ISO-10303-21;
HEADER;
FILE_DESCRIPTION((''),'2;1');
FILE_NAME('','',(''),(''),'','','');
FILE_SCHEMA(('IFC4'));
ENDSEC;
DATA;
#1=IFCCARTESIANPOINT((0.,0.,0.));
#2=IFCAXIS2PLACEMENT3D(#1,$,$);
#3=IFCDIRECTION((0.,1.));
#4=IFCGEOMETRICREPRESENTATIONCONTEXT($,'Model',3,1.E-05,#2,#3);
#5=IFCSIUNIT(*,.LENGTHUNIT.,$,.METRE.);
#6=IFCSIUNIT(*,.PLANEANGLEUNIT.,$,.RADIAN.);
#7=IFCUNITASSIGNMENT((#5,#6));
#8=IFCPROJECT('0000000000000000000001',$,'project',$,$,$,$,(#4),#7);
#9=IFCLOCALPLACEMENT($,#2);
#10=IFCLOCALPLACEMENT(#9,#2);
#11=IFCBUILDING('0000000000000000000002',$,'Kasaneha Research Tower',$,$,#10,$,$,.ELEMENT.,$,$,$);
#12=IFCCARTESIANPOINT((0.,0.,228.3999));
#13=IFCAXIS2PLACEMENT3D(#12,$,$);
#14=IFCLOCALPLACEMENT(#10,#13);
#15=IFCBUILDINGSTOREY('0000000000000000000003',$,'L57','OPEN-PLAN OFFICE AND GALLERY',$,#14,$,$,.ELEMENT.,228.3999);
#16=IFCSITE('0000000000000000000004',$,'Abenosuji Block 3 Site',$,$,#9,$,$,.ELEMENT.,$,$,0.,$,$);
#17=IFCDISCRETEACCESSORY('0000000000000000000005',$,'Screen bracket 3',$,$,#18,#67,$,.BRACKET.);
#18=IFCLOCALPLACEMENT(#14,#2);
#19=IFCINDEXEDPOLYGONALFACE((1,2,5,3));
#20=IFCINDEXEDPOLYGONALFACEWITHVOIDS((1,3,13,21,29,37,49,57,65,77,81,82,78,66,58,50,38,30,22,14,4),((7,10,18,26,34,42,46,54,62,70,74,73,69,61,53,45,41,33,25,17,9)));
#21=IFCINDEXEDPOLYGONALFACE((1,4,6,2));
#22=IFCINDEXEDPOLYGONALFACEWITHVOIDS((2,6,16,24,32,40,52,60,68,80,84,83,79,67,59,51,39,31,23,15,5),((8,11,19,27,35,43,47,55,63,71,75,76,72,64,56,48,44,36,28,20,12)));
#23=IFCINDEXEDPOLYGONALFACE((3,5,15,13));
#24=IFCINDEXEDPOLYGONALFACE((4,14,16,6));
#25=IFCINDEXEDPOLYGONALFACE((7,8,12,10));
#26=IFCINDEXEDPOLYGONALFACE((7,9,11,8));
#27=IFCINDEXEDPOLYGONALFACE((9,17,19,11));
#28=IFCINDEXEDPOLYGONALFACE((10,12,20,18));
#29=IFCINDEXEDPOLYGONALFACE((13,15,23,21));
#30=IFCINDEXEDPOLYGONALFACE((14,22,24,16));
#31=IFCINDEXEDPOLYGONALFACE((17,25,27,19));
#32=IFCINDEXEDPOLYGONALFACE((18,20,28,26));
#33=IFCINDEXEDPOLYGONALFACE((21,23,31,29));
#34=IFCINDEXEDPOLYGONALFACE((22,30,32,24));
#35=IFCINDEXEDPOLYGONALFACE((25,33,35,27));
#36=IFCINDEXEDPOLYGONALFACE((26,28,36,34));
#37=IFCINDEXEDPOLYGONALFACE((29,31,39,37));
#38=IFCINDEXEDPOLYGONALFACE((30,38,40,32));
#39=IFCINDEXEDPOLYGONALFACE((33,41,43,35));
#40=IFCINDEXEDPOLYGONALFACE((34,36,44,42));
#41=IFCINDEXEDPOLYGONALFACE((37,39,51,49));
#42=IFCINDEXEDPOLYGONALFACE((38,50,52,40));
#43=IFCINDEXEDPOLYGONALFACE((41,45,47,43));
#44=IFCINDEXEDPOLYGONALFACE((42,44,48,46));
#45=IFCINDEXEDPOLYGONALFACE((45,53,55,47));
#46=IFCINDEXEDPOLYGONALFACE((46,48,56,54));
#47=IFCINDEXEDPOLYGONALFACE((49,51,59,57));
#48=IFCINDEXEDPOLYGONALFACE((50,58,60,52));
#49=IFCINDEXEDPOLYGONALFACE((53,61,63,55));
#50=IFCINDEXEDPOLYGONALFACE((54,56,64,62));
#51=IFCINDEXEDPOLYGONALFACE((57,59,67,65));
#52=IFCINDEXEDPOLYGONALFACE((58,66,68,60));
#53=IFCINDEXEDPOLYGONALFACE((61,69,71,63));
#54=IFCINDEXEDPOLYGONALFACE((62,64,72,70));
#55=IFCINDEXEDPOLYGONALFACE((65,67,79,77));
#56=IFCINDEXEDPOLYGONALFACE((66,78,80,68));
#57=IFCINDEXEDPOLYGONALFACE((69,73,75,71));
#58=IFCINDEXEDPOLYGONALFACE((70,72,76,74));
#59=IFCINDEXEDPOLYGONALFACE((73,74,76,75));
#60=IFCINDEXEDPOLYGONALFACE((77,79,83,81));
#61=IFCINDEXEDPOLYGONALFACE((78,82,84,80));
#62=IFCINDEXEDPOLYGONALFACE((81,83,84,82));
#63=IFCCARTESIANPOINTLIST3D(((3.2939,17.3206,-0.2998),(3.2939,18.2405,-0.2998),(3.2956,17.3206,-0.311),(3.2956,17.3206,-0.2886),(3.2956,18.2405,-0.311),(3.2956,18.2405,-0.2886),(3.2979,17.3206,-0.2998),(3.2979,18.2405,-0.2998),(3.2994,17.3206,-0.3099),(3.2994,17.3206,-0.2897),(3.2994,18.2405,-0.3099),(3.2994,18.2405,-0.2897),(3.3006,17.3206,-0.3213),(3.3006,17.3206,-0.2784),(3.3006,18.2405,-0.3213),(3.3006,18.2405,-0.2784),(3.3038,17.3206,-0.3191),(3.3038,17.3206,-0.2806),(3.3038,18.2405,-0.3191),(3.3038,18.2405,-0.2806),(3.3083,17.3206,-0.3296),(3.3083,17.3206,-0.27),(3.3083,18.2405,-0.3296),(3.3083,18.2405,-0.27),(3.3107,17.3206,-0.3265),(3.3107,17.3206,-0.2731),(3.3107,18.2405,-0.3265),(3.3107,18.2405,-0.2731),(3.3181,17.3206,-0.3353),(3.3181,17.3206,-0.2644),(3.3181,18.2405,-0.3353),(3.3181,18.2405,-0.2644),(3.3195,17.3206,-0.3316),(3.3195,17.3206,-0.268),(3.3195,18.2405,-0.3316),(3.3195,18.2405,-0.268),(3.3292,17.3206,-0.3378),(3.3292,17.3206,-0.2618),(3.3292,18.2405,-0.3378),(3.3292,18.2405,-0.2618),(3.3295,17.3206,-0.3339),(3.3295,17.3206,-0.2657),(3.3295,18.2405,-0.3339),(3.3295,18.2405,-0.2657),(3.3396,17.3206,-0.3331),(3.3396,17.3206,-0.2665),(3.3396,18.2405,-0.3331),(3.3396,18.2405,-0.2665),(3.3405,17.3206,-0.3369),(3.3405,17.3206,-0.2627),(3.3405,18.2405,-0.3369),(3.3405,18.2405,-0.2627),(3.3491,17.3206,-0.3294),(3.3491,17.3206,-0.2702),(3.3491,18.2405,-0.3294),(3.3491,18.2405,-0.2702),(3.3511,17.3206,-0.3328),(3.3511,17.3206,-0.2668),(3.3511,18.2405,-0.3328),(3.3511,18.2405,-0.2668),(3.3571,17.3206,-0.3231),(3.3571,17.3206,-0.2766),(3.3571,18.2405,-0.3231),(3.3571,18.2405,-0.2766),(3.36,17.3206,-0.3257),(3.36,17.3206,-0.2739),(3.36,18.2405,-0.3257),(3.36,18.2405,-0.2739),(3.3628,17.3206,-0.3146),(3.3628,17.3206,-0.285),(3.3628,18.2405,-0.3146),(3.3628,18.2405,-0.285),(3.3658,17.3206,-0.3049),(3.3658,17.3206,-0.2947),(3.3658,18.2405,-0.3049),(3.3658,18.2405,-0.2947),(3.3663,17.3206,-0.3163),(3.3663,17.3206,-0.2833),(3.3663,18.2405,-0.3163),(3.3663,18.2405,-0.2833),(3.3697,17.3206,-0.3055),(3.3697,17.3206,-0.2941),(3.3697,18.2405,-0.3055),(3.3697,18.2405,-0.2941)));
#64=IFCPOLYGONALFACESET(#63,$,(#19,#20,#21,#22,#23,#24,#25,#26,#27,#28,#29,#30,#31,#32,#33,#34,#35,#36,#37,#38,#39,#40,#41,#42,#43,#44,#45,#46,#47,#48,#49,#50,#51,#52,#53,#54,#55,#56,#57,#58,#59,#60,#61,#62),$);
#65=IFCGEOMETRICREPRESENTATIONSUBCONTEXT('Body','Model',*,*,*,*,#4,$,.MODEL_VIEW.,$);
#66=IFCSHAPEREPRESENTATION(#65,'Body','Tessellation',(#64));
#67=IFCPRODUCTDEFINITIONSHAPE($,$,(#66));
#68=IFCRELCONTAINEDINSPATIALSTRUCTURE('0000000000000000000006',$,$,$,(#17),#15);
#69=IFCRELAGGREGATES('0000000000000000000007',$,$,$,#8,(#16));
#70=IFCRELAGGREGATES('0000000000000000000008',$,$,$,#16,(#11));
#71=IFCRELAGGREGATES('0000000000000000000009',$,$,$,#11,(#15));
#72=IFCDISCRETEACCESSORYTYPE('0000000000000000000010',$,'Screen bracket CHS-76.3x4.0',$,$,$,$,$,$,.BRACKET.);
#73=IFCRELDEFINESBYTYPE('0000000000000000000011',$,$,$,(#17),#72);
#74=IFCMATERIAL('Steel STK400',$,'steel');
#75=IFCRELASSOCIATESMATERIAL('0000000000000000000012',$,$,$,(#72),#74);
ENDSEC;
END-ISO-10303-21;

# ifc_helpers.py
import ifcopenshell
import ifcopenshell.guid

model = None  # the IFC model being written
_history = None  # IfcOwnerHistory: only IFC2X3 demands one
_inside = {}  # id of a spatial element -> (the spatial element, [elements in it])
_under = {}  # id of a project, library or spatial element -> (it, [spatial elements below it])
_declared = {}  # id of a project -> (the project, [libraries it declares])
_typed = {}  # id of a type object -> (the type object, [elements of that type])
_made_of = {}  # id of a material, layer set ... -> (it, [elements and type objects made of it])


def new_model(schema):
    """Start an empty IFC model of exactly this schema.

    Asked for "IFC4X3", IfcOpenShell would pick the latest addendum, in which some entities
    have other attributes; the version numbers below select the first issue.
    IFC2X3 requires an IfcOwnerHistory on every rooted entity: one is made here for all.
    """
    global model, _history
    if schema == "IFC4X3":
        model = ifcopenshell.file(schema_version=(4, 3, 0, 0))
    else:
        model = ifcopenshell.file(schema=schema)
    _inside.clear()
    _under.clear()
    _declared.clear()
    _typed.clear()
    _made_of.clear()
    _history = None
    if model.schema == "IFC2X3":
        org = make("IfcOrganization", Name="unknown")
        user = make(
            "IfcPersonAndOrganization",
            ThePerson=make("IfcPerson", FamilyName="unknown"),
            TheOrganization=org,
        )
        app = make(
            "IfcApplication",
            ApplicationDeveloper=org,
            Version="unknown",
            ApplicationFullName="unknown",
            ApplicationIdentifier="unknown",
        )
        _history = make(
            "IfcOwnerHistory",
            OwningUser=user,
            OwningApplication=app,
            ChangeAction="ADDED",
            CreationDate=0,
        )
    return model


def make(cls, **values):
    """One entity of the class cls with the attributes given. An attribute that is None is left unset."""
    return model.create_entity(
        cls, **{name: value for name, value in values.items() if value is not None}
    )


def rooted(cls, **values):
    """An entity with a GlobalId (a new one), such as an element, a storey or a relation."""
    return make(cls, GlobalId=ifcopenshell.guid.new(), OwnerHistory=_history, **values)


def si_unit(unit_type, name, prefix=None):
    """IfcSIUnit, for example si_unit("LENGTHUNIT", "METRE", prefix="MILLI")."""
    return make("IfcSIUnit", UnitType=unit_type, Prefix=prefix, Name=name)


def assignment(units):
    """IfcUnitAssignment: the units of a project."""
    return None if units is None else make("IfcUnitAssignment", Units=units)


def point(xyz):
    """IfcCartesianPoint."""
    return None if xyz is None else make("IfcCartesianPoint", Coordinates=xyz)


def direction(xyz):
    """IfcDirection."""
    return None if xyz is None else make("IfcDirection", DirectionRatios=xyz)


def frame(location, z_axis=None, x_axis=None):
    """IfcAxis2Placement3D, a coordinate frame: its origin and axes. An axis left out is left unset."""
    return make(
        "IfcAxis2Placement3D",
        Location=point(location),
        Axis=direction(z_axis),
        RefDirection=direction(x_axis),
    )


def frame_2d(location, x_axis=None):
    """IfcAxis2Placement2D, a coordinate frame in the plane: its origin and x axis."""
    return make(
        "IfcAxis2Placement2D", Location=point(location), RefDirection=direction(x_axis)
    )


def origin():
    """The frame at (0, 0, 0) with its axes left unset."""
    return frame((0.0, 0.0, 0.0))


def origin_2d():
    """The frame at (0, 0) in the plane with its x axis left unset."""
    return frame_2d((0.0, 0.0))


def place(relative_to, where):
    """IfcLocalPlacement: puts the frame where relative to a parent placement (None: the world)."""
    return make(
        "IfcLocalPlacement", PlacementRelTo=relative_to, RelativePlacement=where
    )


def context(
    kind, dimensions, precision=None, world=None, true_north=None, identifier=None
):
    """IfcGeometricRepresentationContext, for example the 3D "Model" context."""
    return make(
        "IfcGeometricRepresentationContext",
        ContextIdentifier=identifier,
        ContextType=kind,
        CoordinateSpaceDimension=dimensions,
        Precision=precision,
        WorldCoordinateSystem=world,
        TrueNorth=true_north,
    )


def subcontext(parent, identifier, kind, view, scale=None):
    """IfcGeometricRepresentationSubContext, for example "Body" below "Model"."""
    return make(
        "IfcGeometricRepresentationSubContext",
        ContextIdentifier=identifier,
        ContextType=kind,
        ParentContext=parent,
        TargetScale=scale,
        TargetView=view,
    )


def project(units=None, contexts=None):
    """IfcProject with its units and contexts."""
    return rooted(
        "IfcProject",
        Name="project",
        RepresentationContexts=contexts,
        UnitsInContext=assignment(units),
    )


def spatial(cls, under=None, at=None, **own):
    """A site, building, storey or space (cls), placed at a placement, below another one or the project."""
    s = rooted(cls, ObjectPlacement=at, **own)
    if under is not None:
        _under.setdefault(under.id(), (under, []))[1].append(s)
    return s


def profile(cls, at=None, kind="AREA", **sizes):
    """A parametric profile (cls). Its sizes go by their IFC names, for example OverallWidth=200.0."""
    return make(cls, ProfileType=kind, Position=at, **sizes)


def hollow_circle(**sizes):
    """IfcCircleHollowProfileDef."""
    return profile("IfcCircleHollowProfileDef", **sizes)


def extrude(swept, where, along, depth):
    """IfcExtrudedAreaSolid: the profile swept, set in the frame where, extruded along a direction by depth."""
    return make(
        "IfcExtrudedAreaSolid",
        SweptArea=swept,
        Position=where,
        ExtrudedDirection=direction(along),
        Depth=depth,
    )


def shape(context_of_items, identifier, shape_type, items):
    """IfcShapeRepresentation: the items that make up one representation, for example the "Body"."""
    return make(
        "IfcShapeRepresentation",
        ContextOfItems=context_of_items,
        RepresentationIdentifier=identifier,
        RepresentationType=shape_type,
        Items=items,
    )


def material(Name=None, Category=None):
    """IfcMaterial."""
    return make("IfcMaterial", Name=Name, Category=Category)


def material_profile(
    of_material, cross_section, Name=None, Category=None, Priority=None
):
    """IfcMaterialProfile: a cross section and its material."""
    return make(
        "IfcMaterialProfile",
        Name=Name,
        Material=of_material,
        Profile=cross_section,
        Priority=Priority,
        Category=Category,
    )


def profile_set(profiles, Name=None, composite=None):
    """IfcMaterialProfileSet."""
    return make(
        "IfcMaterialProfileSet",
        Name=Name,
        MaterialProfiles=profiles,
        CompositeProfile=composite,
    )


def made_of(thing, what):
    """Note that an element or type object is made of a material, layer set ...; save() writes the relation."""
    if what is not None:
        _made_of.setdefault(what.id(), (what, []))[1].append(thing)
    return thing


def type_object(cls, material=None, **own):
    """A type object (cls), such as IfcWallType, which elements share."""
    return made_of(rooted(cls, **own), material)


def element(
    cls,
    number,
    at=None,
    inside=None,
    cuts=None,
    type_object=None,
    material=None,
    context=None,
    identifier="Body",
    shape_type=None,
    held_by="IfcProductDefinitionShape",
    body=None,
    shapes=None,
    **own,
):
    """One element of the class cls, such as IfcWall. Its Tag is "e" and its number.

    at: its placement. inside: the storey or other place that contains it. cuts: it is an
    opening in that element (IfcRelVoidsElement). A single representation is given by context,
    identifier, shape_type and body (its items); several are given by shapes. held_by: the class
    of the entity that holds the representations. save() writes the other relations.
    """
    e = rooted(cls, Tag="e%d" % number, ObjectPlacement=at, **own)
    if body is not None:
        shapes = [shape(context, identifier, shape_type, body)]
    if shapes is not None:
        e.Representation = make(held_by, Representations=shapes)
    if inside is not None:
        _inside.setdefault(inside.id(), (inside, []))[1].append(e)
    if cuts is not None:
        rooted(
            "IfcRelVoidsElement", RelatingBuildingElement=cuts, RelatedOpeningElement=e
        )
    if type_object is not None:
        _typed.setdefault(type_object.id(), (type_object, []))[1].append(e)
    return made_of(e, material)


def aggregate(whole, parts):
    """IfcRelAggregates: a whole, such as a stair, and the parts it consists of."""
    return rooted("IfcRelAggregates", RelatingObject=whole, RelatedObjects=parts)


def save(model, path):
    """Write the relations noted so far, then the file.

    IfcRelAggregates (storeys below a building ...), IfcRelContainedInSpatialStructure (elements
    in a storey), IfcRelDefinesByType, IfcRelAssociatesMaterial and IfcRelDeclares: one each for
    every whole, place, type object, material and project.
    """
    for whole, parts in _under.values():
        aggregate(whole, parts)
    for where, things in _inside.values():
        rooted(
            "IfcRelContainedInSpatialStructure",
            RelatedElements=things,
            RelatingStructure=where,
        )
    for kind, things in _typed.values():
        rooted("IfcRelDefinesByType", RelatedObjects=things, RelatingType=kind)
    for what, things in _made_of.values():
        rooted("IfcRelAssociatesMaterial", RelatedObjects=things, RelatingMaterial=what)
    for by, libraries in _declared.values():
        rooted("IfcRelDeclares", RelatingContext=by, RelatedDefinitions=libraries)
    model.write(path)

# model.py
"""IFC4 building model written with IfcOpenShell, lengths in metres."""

from ifc_helpers import new_model, si_unit, direction, frame, origin, origin_2d, place, context, subcontext, project, spatial, hollow_circle, extrude, material, material_profile, profile_set, type_object, element, save


model = new_model("IFC4")

# Units and contexts
model_context = context("Model", 3, precision=1e-05, world=origin(), true_north=direction((0.0, 1.0)))
body_context = subcontext(model_context, "Body", "Model", "MODEL_VIEW")
ifc_project = project(units=[si_unit("LENGTHUNIT", "METRE"), si_unit("PLANEANGLEUNIT", "RADIAN")], contexts=[model_context])

# Site, building, storey
site_placement = place(None, origin())
site = spatial("IfcSite", under=ifc_project, at=site_placement, Name="Abenosuji Block 3 Site", CompositionType="ELEMENT", RefElevation=0.0)
building_placement = place(site_placement, origin())
building = spatial("IfcBuilding", under=site, at=building_placement, Name="Kasaneha Research Tower", CompositionType="ELEMENT")
storey_placement = place(building_placement, frame((0.0, 0.0, 228.3999)))
storey = spatial("IfcBuildingStorey", under=building, at=storey_placement, Name="L57", Description="OPEN-PLAN OFFICE AND GALLERY", CompositionType="ELEMENT", Elevation=228.3999)

# Discrete accessory
ifc_material_1 = material(Name="Steel STK400", Category="steel")
ifc_material_profile_1 = material_profile(ifc_material_1, hollow_circle(Radius=0.0381, WallThickness=0.0039, at=origin_2d()), Name="CHS-76.3x4.0")
ifc_profile_set_1 = profile_set([ifc_material_profile_1], Name="Steel STK400")
discrete_accessory_type = type_object("IfcDiscreteAccessoryType", Name="Screen bracket CHS-76.3x4.0", PredefinedType="BRACKET", material=ifc_profile_set_1)
for number, where, z_axis, x_axis, name in (
    (1, (3.332, 17.3206, -0.2998), (0.0, 1.0, 0.0), (-1.0, 0.0, 0.0), "Screen bracket 3"),
):
    element("IfcDiscreteAccessory", number, at=place(storey_placement, frame(where, z_axis=z_axis, x_axis=x_axis)), inside=storey, type_object=discrete_accessory_type, Name=name, PredefinedType="BRACKET", context=body_context, shape_type="SweptSolid", body=[
        extrude(hollow_circle(Radius=0.0381, WallThickness=0.0039, at=origin_2d()), origin(), (0.0, 0.0, 1.0), 0.9199),
    ])

save(model, "model.ifc")
